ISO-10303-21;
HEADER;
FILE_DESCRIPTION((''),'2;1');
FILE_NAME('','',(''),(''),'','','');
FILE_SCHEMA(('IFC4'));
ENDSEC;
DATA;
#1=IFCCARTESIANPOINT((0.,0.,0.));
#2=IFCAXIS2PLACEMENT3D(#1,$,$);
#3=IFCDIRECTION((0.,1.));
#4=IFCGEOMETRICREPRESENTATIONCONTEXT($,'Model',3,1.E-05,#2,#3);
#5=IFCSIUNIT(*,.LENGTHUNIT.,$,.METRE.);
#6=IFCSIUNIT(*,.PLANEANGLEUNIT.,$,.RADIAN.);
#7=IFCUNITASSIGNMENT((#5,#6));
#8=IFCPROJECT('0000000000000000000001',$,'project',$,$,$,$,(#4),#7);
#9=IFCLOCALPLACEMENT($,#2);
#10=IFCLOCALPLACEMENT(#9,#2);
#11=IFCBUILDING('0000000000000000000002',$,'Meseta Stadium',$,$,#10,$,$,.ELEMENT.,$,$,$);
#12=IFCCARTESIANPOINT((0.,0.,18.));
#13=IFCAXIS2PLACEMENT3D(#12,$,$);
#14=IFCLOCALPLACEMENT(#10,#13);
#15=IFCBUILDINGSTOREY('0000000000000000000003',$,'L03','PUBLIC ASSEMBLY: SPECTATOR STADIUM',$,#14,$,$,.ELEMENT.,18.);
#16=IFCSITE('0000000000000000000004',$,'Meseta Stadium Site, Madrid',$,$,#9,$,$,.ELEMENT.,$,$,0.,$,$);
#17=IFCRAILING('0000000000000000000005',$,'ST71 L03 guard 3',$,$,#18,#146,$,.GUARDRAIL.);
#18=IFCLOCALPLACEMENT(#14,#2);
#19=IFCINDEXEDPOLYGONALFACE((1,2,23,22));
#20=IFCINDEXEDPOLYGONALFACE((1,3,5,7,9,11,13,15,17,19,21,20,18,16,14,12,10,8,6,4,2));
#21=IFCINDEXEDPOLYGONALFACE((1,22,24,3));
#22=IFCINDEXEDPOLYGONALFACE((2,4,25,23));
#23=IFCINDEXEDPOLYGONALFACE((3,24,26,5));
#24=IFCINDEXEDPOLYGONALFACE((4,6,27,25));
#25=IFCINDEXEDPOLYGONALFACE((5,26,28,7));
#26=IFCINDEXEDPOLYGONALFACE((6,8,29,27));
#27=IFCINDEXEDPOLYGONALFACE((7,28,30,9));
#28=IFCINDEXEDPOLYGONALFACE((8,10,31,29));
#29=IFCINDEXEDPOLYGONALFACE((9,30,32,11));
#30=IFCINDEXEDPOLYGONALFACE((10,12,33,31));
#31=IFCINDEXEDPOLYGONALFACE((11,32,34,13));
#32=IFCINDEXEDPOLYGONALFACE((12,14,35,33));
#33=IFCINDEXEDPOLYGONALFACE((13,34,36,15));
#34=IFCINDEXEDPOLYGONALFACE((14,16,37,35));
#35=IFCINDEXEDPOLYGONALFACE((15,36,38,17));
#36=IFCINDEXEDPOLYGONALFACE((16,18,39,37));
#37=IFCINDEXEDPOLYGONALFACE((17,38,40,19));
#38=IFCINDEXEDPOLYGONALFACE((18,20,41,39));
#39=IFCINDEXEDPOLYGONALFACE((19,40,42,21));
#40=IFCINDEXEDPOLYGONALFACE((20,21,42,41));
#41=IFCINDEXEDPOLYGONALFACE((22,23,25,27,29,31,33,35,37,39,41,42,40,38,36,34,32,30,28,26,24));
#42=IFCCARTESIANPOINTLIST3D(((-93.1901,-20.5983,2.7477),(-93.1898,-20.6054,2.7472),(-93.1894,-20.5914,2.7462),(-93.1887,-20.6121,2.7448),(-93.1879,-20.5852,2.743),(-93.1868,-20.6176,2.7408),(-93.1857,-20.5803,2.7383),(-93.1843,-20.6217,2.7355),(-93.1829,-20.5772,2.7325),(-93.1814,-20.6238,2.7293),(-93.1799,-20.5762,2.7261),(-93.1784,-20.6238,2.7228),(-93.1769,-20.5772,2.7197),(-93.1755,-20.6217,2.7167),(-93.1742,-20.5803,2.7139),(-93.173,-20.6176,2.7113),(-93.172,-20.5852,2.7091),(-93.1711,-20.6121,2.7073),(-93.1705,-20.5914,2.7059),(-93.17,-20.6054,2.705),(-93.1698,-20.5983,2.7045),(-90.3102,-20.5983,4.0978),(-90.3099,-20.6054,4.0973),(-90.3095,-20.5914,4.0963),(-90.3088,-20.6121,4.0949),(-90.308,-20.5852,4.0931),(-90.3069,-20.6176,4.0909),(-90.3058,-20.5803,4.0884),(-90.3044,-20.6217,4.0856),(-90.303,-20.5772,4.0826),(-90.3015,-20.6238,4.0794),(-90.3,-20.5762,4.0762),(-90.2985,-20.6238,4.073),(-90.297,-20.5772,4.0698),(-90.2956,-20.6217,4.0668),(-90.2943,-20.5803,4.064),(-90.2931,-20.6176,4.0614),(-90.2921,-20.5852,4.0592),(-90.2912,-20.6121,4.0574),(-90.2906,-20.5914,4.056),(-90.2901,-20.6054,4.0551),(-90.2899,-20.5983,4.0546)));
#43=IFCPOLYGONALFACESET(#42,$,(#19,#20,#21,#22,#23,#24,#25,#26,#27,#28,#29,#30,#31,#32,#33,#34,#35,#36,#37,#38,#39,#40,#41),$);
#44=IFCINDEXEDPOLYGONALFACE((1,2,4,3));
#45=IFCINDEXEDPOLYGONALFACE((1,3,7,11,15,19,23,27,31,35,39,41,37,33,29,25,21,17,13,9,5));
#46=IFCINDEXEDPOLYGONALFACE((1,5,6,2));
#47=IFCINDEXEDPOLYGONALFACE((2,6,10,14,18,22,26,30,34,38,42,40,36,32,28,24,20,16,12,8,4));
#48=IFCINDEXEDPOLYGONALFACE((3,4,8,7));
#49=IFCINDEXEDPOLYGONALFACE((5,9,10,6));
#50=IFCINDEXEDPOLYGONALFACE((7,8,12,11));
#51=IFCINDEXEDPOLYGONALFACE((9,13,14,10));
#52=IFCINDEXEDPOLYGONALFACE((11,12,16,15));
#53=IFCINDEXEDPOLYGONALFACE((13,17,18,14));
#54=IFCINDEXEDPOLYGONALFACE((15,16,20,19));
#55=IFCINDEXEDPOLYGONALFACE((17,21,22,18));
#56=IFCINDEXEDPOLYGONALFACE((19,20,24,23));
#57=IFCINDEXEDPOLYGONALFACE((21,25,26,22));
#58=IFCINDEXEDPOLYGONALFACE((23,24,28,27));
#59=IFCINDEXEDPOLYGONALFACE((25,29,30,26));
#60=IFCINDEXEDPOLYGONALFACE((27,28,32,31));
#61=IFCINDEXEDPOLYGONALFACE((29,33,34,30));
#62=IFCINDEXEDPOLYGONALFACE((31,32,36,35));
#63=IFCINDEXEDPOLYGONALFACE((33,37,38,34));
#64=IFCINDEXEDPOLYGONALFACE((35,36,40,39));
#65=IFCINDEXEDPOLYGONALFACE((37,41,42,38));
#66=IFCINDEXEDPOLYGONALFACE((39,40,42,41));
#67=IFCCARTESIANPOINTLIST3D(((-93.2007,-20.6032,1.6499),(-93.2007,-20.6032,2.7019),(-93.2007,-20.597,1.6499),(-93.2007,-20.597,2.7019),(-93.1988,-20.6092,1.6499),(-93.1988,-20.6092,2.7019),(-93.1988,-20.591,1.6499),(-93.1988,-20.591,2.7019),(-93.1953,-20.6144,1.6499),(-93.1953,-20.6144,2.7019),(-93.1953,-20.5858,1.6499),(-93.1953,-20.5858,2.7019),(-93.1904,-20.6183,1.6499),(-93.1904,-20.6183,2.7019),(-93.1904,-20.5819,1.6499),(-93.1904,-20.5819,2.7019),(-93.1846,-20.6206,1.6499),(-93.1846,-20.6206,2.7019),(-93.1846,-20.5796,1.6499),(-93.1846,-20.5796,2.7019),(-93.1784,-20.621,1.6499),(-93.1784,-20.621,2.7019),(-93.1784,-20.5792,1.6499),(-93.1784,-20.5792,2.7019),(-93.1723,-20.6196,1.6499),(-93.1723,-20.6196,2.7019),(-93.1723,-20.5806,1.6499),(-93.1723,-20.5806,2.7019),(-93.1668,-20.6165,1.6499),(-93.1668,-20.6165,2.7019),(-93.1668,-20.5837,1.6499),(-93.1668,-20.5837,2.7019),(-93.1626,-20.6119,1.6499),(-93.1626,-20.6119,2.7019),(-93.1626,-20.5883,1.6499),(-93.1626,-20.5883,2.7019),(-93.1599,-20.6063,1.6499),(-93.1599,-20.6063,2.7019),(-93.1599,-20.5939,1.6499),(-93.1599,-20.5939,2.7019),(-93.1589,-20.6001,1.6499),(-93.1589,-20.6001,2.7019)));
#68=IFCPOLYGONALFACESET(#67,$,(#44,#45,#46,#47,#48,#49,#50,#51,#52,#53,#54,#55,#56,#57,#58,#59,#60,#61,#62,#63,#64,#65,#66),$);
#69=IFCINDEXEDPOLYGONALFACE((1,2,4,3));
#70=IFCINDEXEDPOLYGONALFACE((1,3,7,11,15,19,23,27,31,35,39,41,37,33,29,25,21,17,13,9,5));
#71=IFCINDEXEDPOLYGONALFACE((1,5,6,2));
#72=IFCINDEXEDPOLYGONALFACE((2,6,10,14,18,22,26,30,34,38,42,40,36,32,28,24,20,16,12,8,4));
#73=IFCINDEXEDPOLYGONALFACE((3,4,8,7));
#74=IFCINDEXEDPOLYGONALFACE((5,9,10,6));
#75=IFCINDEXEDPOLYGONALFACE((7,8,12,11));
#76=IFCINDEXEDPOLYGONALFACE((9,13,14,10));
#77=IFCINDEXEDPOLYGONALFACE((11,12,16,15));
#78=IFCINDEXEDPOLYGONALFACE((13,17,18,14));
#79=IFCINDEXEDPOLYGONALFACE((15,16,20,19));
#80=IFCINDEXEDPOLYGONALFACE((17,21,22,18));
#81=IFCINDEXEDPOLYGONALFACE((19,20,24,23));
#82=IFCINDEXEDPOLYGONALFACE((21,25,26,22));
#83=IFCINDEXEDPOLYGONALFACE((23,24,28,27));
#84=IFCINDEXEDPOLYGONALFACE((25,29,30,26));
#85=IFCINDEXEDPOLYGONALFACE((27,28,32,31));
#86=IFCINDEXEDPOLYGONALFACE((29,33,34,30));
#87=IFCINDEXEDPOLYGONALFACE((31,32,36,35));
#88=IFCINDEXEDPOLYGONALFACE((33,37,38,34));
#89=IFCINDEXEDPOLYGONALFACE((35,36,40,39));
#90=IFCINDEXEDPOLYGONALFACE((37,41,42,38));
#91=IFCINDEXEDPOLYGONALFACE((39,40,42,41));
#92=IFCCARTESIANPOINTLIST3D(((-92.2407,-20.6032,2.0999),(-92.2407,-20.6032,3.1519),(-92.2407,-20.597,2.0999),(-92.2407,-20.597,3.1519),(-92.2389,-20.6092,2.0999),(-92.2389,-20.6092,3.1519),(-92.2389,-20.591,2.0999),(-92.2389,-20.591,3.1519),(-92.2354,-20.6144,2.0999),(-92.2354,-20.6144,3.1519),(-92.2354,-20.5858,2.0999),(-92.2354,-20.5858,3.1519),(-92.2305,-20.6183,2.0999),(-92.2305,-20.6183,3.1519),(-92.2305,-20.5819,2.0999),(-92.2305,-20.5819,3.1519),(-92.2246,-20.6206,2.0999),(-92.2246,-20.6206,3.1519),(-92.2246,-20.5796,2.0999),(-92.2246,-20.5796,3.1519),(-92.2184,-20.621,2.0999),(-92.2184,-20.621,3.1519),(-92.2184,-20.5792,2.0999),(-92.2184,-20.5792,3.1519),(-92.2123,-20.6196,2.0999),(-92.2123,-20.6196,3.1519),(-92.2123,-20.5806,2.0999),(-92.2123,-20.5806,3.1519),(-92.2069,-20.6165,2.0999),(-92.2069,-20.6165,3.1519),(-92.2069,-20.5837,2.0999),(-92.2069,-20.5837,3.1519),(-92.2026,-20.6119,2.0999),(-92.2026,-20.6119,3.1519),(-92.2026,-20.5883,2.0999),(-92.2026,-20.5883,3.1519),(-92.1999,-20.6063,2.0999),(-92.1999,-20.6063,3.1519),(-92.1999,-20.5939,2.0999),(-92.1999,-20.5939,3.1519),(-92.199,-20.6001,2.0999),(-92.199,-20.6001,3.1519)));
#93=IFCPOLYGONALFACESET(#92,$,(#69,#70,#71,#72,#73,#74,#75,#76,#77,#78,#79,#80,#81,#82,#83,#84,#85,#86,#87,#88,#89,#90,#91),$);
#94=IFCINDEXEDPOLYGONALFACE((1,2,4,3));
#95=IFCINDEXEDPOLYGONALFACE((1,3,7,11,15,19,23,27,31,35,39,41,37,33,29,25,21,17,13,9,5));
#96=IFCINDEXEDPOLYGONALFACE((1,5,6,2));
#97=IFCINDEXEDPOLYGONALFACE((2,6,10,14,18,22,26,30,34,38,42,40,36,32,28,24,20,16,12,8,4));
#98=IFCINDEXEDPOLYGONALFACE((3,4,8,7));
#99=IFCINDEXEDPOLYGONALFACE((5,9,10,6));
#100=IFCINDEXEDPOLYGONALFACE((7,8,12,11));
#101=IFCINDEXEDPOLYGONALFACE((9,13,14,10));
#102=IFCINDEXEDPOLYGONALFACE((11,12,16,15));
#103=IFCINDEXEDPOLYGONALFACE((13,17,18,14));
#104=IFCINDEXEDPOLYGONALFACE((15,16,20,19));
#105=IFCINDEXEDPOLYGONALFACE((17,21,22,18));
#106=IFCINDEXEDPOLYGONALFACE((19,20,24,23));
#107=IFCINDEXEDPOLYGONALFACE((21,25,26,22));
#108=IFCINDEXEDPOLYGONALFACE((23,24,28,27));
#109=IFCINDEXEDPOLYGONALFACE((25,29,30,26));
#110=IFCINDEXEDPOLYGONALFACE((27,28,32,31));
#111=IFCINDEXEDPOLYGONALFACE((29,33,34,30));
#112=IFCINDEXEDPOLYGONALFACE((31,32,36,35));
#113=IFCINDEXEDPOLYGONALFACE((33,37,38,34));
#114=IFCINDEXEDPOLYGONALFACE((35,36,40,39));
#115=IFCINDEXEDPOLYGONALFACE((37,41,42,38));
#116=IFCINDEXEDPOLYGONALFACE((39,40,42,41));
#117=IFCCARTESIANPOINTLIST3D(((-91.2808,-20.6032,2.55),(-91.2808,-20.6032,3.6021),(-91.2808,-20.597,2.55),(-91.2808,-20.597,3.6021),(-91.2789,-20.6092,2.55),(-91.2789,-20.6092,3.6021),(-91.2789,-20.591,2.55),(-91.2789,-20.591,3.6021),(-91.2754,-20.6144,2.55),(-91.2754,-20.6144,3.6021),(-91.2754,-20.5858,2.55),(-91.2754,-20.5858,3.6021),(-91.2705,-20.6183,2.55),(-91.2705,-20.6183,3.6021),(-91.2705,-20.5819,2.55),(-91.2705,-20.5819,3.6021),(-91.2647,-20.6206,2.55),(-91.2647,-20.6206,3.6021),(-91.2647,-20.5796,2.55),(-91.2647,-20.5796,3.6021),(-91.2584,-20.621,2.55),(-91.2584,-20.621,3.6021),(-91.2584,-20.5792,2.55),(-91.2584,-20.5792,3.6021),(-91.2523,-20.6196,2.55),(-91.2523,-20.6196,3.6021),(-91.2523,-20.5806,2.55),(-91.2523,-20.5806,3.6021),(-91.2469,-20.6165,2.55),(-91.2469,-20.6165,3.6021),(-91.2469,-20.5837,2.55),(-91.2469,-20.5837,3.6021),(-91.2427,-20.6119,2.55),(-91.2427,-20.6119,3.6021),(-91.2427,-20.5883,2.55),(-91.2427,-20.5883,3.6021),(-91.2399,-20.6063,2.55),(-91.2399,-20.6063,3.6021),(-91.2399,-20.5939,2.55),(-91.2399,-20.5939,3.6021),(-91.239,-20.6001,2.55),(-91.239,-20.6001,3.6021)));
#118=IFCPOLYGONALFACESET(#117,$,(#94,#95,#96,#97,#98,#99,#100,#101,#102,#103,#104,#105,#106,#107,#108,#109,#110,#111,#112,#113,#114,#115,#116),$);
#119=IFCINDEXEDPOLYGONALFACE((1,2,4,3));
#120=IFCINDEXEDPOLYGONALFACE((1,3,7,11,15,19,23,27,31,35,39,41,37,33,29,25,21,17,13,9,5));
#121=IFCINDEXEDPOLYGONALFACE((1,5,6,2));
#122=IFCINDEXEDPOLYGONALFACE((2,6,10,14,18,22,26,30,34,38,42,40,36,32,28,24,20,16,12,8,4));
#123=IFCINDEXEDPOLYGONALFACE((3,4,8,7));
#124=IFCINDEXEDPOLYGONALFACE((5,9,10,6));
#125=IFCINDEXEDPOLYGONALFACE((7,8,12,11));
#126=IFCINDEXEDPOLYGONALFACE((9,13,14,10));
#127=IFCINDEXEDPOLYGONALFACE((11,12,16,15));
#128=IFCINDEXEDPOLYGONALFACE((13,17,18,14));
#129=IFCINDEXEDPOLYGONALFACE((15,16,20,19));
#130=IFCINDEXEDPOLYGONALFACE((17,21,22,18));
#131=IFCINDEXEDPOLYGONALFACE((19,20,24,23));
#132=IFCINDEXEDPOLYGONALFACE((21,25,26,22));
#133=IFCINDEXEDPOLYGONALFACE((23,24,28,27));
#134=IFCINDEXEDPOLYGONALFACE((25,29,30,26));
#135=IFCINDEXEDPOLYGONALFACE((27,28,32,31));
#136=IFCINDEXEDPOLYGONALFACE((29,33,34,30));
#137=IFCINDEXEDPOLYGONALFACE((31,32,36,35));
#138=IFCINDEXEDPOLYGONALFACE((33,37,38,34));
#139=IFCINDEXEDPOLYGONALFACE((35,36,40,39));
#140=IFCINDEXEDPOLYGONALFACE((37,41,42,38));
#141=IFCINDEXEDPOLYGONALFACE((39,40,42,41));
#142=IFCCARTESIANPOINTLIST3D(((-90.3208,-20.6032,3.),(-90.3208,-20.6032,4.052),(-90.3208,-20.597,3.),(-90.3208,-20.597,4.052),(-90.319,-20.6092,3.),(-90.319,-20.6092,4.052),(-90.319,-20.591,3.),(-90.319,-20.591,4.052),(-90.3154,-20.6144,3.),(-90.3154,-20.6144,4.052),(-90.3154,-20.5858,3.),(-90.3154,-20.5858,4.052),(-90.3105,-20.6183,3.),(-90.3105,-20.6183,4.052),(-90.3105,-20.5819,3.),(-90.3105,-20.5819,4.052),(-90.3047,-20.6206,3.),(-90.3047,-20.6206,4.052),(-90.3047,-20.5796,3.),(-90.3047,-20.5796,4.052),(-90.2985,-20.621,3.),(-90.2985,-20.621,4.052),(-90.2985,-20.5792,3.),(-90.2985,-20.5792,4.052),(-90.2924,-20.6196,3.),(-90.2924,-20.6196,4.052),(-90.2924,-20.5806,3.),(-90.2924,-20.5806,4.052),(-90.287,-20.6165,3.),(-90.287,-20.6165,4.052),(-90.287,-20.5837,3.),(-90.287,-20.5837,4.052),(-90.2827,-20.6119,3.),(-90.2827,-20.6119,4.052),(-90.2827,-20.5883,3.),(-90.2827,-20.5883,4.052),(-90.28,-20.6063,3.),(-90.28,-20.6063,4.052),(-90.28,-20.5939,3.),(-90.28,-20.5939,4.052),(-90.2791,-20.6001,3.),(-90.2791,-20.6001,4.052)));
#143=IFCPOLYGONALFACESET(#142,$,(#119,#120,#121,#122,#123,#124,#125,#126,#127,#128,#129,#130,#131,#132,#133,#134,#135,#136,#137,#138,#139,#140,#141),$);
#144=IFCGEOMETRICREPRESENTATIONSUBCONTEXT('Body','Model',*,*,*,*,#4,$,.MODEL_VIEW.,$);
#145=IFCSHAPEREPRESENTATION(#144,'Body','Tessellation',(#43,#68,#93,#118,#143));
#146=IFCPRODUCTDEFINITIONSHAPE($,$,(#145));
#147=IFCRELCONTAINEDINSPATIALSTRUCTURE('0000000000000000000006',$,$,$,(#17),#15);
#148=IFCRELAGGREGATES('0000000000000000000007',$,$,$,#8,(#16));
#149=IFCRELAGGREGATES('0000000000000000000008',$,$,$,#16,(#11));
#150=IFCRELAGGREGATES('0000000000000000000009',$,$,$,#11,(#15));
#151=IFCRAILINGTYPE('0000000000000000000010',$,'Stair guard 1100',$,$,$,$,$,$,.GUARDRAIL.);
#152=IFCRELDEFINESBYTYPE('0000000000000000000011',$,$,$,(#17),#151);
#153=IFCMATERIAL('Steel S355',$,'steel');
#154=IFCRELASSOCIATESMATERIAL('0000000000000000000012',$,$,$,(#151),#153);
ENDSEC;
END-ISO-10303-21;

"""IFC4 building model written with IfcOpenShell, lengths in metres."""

from ifc_helpers import new_model, si_unit, direction, frame, origin, origin_2d, place, context, subcontext, project, spatial, circle, extrude, material, type_object, element, save


model = new_model("IFC4")

# Units and contexts
model_context = context("Model", 3, precision=1e-05, world=origin(), true_north=direction((0.0, 1.0)))
body_context = subcontext(model_context, "Body", "Model", "MODEL_VIEW")
ifc_project = project(units=[si_unit("LENGTHUNIT", "METRE"), si_unit("PLANEANGLEUNIT", "RADIAN")], contexts=[model_context])

# Site, building, storey
site_placement = place(None, origin())
site = spatial("IfcSite", under=ifc_project, at=site_placement, Name="Meseta Stadium Site, Madrid", CompositionType="ELEMENT", RefElevation=0.0)
building_placement = place(site_placement, origin())
building = spatial("IfcBuilding", under=site, at=building_placement, Name="Meseta Stadium", CompositionType="ELEMENT")
storey_placement = place(building_placement, frame((0.0, 0.0, 18.0)))
storey = spatial("IfcBuildingStorey", under=building, at=storey_placement, Name="L03", Description="PUBLIC ASSEMBLY: SPECTATOR STADIUM", CompositionType="ELEMENT", Elevation=18.0)

# Railing
ifc_material_1 = material(Name="Steel S355", Category="steel")
railing_type_1 = type_object("IfcRailingType", Name="Stair guard 1100", PredefinedType="GUARDRAIL", material=ifc_material_1)
railing_1_placement = place(storey_placement, frame((-93.1799, -20.6001, 1.6499)))
element("IfcRailing", 1, at=railing_1_placement, inside=storey, type_object=railing_type_1, Name="ST71 L03 guard 3", PredefinedType="GUARDRAIL", context=body_context, shape_type="SweptSolid", body=[
    extrude(circle(Radius=0.0239, at=origin_2d()), frame((0.0, 0.0, 1.0762), z_axis=(0.90544, 0.0, 0.424473), x_axis=(0.0, 1.0, 0.0)), (0.0, 0.0, 1.0), 3.1807),
    extrude(circle(Radius=0.021, at=origin_2d()), origin(), (0.0, 0.0, 1.0), 1.052),
    extrude(circle(Radius=0.021, at=origin_2d()), frame((0.96, 0.0, 0.45)), (0.0, 0.0, 1.0), 1.052),
    extrude(circle(Radius=0.021, at=origin_2d()), frame((1.9199, 0.0, 0.9001)), (0.0, 0.0, 1.0), 1.052),
    extrude(circle(Radius=0.021, at=origin_2d()), frame((2.8799, 0.0, 1.3501)), (0.0, 0.0, 1.0), 1.052),
])

save(model, "model.ifc")
